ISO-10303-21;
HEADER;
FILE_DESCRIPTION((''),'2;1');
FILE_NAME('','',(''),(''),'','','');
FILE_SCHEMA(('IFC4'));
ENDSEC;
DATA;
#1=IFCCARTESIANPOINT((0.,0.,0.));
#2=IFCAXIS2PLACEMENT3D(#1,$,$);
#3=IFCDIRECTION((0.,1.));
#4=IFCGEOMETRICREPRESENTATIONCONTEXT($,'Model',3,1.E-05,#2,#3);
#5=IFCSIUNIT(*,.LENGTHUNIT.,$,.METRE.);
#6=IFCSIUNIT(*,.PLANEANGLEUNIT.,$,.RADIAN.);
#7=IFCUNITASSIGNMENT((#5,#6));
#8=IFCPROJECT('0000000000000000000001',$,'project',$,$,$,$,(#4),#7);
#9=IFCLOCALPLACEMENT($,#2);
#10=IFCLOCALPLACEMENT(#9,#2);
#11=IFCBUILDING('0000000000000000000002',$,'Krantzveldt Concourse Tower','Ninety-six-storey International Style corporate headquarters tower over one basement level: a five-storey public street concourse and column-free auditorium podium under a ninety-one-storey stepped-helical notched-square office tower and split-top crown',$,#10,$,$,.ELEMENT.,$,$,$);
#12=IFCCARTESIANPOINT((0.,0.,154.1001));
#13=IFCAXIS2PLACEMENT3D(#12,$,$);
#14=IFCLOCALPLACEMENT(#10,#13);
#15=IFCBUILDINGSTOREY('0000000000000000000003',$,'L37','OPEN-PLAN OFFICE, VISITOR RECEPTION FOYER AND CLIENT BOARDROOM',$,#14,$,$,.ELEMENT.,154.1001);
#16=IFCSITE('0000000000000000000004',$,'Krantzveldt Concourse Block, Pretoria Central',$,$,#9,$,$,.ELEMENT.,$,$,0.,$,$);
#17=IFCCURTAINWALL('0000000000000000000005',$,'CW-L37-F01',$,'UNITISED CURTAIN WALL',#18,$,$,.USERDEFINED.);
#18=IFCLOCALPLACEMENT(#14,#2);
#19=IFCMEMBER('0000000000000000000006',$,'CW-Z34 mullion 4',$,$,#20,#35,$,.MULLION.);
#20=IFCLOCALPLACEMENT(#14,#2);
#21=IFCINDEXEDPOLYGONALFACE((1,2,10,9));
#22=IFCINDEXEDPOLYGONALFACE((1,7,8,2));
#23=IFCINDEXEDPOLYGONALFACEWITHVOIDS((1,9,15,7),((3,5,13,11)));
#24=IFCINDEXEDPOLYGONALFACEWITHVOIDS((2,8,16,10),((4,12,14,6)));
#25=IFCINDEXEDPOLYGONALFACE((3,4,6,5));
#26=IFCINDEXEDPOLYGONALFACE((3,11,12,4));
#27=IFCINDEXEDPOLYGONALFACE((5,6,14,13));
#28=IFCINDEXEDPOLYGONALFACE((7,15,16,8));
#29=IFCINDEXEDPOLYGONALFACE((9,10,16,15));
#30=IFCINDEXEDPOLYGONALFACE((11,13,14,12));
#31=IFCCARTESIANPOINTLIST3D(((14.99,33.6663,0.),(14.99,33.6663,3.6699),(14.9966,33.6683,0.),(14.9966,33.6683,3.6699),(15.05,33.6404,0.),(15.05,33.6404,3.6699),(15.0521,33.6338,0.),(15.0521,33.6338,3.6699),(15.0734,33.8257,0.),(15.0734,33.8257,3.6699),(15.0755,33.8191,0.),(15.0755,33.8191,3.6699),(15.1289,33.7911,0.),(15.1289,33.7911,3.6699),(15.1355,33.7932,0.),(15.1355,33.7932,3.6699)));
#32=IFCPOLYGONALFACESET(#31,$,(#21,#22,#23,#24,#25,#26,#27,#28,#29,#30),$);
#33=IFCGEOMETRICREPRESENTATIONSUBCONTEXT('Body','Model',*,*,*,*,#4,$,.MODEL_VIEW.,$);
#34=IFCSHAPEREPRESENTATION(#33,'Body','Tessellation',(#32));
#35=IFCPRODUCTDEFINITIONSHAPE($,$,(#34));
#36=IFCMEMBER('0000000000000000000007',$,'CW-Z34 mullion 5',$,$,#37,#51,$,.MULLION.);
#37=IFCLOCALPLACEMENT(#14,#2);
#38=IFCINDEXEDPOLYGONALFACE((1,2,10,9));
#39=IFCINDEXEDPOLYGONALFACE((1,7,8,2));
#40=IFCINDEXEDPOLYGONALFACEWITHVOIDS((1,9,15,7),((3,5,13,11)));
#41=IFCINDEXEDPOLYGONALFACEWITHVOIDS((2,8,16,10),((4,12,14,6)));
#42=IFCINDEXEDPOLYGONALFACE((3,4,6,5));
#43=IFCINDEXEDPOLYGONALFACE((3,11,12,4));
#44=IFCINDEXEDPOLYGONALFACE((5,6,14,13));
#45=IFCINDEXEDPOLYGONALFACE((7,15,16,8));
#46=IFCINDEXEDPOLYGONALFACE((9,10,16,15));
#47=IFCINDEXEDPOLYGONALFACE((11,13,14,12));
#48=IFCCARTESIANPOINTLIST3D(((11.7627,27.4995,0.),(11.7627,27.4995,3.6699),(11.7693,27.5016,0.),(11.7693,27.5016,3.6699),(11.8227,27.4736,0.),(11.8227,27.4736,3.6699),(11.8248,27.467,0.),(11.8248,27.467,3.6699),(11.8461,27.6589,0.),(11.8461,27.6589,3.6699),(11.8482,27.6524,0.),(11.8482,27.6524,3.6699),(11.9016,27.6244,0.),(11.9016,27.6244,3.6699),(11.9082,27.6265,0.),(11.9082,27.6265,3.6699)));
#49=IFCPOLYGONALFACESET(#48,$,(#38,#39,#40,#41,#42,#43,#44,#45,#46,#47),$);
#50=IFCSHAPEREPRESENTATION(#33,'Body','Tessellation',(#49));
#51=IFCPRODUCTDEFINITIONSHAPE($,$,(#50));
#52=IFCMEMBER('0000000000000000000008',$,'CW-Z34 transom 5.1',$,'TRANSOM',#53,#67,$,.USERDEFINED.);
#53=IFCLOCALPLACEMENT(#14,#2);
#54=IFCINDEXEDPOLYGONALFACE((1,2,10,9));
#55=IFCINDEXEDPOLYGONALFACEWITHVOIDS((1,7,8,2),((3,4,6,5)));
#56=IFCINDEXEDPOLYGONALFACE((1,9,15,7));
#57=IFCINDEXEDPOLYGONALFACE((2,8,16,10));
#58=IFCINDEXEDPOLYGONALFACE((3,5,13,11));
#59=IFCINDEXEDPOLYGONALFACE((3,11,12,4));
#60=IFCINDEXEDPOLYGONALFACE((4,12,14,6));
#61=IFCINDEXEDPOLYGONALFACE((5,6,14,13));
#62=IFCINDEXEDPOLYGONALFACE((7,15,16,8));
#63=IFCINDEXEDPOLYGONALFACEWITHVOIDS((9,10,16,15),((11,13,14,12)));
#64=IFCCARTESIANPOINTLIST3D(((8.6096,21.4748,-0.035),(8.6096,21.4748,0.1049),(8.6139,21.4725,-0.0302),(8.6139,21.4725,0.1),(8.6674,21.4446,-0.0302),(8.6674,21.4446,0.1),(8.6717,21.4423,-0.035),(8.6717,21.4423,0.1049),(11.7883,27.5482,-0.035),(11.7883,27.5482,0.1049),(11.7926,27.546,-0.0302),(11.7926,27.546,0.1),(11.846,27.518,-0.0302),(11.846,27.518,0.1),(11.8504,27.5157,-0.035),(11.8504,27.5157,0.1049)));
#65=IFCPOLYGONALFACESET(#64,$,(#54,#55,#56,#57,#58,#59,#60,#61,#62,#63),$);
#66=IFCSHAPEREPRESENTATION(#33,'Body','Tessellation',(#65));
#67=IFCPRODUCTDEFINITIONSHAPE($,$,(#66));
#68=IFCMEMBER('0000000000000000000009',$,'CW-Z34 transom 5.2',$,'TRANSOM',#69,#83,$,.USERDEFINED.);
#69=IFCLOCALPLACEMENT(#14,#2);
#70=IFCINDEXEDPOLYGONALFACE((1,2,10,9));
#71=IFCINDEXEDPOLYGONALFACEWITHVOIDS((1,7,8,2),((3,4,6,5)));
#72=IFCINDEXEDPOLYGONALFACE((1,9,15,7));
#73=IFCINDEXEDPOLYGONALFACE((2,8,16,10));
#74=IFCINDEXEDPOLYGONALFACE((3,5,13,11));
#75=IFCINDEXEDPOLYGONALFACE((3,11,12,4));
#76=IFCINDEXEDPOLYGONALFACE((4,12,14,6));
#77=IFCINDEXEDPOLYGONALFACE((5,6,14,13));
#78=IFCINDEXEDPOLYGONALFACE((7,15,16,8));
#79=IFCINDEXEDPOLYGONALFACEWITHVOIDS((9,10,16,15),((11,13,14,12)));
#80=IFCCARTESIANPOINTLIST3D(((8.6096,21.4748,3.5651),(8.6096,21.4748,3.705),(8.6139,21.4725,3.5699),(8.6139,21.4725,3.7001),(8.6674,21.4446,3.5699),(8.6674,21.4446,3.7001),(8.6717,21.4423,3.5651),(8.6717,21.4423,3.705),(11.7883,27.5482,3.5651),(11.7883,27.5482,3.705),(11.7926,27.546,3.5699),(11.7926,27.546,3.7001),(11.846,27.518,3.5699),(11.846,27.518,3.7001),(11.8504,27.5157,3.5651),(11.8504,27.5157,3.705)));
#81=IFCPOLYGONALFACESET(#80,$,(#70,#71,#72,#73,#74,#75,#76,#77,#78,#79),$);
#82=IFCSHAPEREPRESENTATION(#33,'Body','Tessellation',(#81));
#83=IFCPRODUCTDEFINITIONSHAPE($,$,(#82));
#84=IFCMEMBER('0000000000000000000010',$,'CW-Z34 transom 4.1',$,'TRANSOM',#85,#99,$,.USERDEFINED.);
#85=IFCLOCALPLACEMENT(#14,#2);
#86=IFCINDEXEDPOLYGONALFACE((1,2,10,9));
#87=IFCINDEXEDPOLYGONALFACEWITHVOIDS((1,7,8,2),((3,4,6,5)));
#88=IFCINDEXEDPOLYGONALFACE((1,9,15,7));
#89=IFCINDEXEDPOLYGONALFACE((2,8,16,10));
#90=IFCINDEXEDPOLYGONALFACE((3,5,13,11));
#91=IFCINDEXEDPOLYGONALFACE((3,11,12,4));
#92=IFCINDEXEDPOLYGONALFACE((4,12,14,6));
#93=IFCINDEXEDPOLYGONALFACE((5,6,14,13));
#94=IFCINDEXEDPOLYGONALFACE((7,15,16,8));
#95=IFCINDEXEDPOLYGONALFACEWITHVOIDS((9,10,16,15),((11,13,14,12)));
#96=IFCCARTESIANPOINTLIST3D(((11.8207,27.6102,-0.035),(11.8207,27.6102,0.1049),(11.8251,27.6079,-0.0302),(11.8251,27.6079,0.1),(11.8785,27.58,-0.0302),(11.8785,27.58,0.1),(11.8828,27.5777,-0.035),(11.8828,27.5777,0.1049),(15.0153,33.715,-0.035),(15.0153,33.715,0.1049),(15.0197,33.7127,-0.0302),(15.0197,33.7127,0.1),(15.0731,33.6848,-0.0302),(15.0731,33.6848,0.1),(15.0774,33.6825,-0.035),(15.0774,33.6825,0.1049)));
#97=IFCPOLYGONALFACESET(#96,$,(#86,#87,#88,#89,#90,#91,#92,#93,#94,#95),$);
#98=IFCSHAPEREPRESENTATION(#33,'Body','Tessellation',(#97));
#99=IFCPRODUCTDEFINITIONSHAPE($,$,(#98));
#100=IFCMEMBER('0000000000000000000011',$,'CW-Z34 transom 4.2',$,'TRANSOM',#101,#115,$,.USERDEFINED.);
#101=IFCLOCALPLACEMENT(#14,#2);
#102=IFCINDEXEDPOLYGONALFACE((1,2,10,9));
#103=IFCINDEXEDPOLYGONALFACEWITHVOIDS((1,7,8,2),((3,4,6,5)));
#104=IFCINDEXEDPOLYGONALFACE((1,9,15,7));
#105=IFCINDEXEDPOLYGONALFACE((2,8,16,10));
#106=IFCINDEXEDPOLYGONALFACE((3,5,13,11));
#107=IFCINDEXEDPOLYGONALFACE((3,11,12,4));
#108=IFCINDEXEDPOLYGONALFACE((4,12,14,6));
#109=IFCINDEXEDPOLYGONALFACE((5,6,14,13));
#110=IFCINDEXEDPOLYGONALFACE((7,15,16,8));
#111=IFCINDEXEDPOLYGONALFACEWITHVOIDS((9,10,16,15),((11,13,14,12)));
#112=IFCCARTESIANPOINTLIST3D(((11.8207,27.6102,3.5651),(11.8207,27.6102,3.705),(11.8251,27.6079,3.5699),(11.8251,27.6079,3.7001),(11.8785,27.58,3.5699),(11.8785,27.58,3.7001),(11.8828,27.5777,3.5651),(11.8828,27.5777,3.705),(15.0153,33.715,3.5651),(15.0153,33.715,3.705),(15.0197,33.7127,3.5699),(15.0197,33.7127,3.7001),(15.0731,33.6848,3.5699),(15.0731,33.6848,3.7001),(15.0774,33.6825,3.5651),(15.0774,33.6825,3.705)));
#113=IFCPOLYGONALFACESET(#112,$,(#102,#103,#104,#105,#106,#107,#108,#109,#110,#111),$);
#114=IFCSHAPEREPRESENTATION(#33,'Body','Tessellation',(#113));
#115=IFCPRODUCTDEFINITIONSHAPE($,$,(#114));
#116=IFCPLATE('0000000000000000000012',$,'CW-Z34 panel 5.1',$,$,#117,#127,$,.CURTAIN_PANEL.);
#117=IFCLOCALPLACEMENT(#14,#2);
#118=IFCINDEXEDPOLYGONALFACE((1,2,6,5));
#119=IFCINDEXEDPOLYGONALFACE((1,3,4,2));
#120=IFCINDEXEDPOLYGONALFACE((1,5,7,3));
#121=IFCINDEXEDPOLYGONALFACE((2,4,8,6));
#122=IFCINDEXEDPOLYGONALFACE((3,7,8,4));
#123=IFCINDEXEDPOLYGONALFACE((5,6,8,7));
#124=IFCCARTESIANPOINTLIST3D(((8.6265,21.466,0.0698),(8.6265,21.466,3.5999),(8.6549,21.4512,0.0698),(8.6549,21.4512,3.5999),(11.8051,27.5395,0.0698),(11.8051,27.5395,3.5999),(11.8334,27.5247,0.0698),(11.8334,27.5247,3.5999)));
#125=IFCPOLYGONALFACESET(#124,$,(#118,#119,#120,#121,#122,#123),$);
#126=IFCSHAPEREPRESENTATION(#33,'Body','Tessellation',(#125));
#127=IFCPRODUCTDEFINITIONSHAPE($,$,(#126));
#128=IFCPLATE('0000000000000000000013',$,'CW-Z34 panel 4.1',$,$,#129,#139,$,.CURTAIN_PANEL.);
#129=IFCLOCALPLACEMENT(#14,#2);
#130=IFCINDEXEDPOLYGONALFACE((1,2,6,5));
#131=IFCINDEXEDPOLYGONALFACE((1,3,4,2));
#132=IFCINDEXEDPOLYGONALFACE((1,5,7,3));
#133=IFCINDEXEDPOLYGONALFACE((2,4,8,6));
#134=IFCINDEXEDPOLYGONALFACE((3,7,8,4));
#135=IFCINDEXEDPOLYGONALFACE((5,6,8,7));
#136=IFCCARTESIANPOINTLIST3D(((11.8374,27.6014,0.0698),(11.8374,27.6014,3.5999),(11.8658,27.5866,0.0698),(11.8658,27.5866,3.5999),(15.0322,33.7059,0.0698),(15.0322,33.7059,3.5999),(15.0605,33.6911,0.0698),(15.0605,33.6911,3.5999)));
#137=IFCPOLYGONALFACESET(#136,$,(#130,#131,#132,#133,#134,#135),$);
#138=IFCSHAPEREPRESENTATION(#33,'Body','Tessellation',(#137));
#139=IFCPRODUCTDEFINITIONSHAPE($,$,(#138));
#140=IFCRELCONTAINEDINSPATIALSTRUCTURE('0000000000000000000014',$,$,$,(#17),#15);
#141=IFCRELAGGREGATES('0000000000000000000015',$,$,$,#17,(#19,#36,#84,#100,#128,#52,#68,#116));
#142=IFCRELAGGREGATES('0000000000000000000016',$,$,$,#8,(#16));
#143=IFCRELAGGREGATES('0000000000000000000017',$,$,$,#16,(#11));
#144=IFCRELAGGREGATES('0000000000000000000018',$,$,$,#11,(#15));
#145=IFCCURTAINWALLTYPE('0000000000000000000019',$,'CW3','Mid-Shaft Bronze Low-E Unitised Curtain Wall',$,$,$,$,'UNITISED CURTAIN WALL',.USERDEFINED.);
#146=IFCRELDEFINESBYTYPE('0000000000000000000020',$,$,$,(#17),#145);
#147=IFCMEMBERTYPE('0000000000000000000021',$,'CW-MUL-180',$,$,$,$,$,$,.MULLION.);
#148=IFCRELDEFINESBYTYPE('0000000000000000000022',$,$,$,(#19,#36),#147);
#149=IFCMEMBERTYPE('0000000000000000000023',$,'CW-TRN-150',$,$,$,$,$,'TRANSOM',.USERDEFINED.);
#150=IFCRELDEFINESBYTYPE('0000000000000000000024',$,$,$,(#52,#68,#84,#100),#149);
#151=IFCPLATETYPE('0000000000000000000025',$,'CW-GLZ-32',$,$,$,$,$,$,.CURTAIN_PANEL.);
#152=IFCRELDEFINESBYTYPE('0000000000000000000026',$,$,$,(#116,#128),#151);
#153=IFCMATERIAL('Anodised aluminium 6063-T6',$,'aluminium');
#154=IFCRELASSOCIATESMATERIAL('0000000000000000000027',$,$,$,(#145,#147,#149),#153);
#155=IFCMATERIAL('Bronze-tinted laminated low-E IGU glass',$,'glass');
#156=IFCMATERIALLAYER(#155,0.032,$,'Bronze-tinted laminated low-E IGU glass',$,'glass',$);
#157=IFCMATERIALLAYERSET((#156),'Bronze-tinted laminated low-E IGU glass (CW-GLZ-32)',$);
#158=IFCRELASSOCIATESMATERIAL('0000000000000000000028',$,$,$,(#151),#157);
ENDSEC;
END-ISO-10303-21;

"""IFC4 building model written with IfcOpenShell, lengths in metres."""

from ifc_helpers import new_model, si_unit, direction, frame, origin, origin_2d, place, context, subcontext, project, spatial, rectangle, hollow_rectangle, extrude, source, transform, mapped, material, layer, layer_set, material_profile, profile_set, type_object, type_shapes, element, aggregate, save


model = new_model("IFC4")

# Units and contexts
model_context = context("Model", 3, precision=1e-05, world=origin(), true_north=direction((0.0, 1.0)))
body_context = subcontext(model_context, "Body", "Model", "MODEL_VIEW")
ifc_project = project(units=[si_unit("LENGTHUNIT", "METRE"), si_unit("PLANEANGLEUNIT", "RADIAN")], contexts=[model_context])

# Site, building, storey
site_placement = place(None, origin())
site = spatial("IfcSite", under=ifc_project, at=site_placement, Name="Krantzveldt Concourse Block, Pretoria Central", CompositionType="ELEMENT", RefElevation=0.0)
building_placement = place(site_placement, origin())
building = spatial("IfcBuilding", under=site, at=building_placement, Name="Krantzveldt Concourse Tower", Description="Ninety-six-storey International Style corporate headquarters tower over one basement level: a five-storey public street concourse and column-free auditorium podium under a ninety-one-storey stepped-helical notched-square office tower and split-top crown", CompositionType="ELEMENT")
storey_placement = place(building_placement, frame((0.0, 0.0, 154.1001)))
storey = spatial("IfcBuildingStorey", under=building, at=storey_placement, Name="L37", Description="OPEN-PLAN OFFICE, VISITOR RECEPTION FOYER AND CLIENT BOARDROOM", CompositionType="ELEMENT", Elevation=154.1001)

# Curtain wall, members, plates
ifc_material_1 = material(Name="Anodised aluminium 6063-T6", Category="aluminium")
curtain_wall_type = type_object("IfcCurtainWallType", Name="CW3", Description="Mid-Shaft Bronze Low-E Unitised Curtain Wall", ElementType="UNITISED CURTAIN WALL", PredefinedType="USERDEFINED", material=ifc_material_1)
curtain_wall_placement = place(storey_placement, origin())
curtain_wall = element("IfcCurtainWall", 1, at=curtain_wall_placement, inside=storey, type_object=curtain_wall_type, Name="CW-L37-F01", ObjectType="UNITISED CURTAIN WALL", PredefinedType="USERDEFINED")
ifc_material_profile_1 = material_profile(ifc_material_1, hollow_rectangle(XDim=0.0701, YDim=0.1799, WallThickness=0.0049, at=origin_2d()), Name="Anodised aluminium 6063-T6", Category="aluminium")
ifc_profile_set_1 = profile_set([ifc_material_profile_1], Name="Anodised aluminium 6063-T6 - ALU-MULL 180x70x5")
member_type_1 = type_object("IfcMemberType", Name="CW-MUL-180", PredefinedType="MULLION", material=ifc_profile_set_1)
shared_shape_1 = source(origin(), body_context, "Body", "SweptSolid", [
    extrude(hollow_rectangle(XDim=0.0701, YDim=0.1799, WallThickness=0.0049, at=origin_2d()), origin(), (0.0, 0.0, 1.0), 3.6699),
])
type_shapes(member_type_1, [shared_shape_1])
member_1_placement = place(storey_placement, frame((15.0627, 33.7297, 0.0), z_axis=(0.0, 0.0, 1.0), x_axis=(0.886001, -0.463683, 0.0)))
member_1 = element("IfcMember", 2, at=member_1_placement, type_object=member_type_1, Name="CW-Z34 mullion 4", PredefinedType="MULLION", context=body_context, shape_type="MappedRepresentation", body=[
    mapped(shared_shape_1, transform((0.0, 0.0, 0.0), x_axis=(1.0, 0.0, 0.0), y_axis=(0.0, 1.0, 0.0), z_axis=(0.0, 0.0, 1.0), scale=1.0)),
])
member_2_placement = place(storey_placement, frame((11.8354, 27.563, 0.0), z_axis=(0.0, 0.0, 1.0), x_axis=(0.886001, -0.463683, 0.0)))
member_2 = element("IfcMember", 3, at=member_2_placement, type_object=member_type_1, Name="CW-Z34 mullion 5", PredefinedType="MULLION", context=body_context, shape_type="MappedRepresentation", body=[
    mapped(shared_shape_1, transform((0.0, 0.0, 0.0), x_axis=(1.0, 0.0, 0.0), y_axis=(0.0, 1.0, 0.0), z_axis=(0.0, 0.0, 1.0), scale=1.0)),
])
ifc_material_profile_2 = material_profile(ifc_material_1, hollow_rectangle(XDim=0.0701, YDim=0.1399, WallThickness=0.0049, at=origin_2d()), Name="Anodised aluminium 6063-T6", Category="aluminium")
ifc_profile_set_2 = profile_set([ifc_material_profile_2], Name="Anodised aluminium 6063-T6 - ALU-TRAN 140x70x5")
member_type_2 = type_object("IfcMemberType", Name="CW-TRN-150", ElementType="TRANSOM", PredefinedType="USERDEFINED", material=ifc_profile_set_2)
shared_shape_2 = source(origin(), body_context, "Body", "SweptSolid", [
    extrude(hollow_rectangle(XDim=0.0701, YDim=0.1399, WallThickness=0.0049, at=origin_2d()), origin(), (0.0, 0.0, 1.0), 6.855),
])
member_3_placement = place(storey_placement, frame((11.8193, 27.532, 0.0349), z_axis=(-0.463705, -0.88599, 0.0), x_axis=(0.88599, -0.463705, 0.0)))
member_3 = element("IfcMember", 4, at=member_3_placement, type_object=member_type_2, Name="CW-Z34 transom 5.1", ObjectType="TRANSOM", PredefinedType="USERDEFINED", context=body_context, shape_type="MappedRepresentation", body=[
    mapped(shared_shape_2, transform((0.0, 0.0, 0.0), x_axis=(1.0, 0.0, 0.0), y_axis=(0.0, 1.0, 0.0), z_axis=(0.0, 0.0, 1.0), scale=1.0)),
])
member_4_placement = place(storey_placement, frame((11.8193, 27.532, 3.635), z_axis=(-0.463705, -0.88599, 0.0), x_axis=(0.88599, -0.463705, 0.0)))
member_4 = element("IfcMember", 5, at=member_4_placement, type_object=member_type_2, Name="CW-Z34 transom 5.2", ObjectType="TRANSOM", PredefinedType="USERDEFINED", context=body_context, shape_type="MappedRepresentation", body=[
    mapped(shared_shape_2, transform((0.0, 0.0, 0.0), x_axis=(1.0, 0.0, 0.0), y_axis=(0.0, 1.0, 0.0), z_axis=(0.0, 0.0, 1.0), scale=1.0)),
])
shared_shape_3 = source(origin(), body_context, "Body", "SweptSolid", [
    extrude(hollow_rectangle(XDim=0.0701, YDim=0.1399, WallThickness=0.0049, at=origin_2d()), origin(), (0.0, 0.0, 1.0), 6.8901),
])
type_shapes(member_type_2, [shared_shape_2, shared_shape_3])
member_5_placement = place(storey_placement, frame((15.0464, 33.6987, 0.0349), z_axis=(-0.463649, -0.886019, 0.0), x_axis=(0.886019, -0.463649, 0.0)))
member_5 = element("IfcMember", 6, at=member_5_placement, type_object=member_type_2, Name="CW-Z34 transom 4.1", ObjectType="TRANSOM", PredefinedType="USERDEFINED", context=body_context, shape_type="MappedRepresentation", body=[
    mapped(shared_shape_3, transform((0.0, 0.0, 0.0), x_axis=(1.0, 0.0, 0.0), y_axis=(0.0, 1.0, 0.0), z_axis=(0.0, 0.0, 1.0), scale=1.0)),
])
member_6_placement = place(storey_placement, frame((15.0464, 33.6987, 3.635), z_axis=(-0.463649, -0.886019, 0.0), x_axis=(0.886019, -0.463649, 0.0)))
member_6 = element("IfcMember", 7, at=member_6_placement, type_object=member_type_2, Name="CW-Z34 transom 4.2", ObjectType="TRANSOM", PredefinedType="USERDEFINED", context=body_context, shape_type="MappedRepresentation", body=[
    mapped(shared_shape_3, transform((0.0, 0.0, 0.0), x_axis=(1.0, 0.0, 0.0), y_axis=(0.0, 1.0, 0.0), z_axis=(0.0, 0.0, 1.0), scale=1.0)),
])
ifc_material_2 = material(Name="Bronze-tinted laminated low-E IGU glass", Category="glass")
ifc_layer_1 = layer(ifc_material_2, 0.032, Name="Bronze-tinted laminated low-E IGU glass", Category="glass")
ifc_layer_set_1 = layer_set([ifc_layer_1], Name="Bronze-tinted laminated low-E IGU glass (CW-GLZ-32)")
plate_type = type_object("IfcPlateType", Name="CW-GLZ-32", PredefinedType="CURTAIN_PANEL", material=ifc_layer_set_1)
shared_shape_4 = source(origin(), body_context, "Body", "SweptSolid", [
    extrude(rectangle(XDim=6.855, YDim=0.032, at=origin_2d()), origin(), (0.0, 0.0, 1.0), 3.53),
])
plate_1_placement = place(storey_placement, frame((10.23, 24.4954, 0.0698), z_axis=(0.0, 0.0, 1.0), x_axis=(-0.463683, -0.886001, 0.0)))
plate_1 = element("IfcPlate", 8, at=plate_1_placement, type_object=plate_type, Name="CW-Z34 panel 5.1", PredefinedType="CURTAIN_PANEL", context=body_context, shape_type="MappedRepresentation", body=[
    mapped(shared_shape_4, transform((0.0, 0.0, 0.0), x_axis=(1.0, 0.0, 0.0), y_axis=(0.0, 1.0, 0.0), z_axis=(0.0, 0.0, 1.0), scale=1.0)),
])
shared_shape_5 = source(origin(), body_context, "Body", "SweptSolid", [
    extrude(rectangle(XDim=6.8899, YDim=0.032, at=origin_2d()), origin(), (0.0, 0.0, 1.0), 3.53),
])
type_shapes(plate_type, [shared_shape_4, shared_shape_5])
plate_2_placement = place(storey_placement, frame((13.449, 30.6462, 0.0698), z_axis=(0.0, 0.0, 1.0), x_axis=(-0.463683, -0.886001, 0.0)))
plate_2 = element("IfcPlate", 9, at=plate_2_placement, type_object=plate_type, Name="CW-Z34 panel 4.1", PredefinedType="CURTAIN_PANEL", context=body_context, shape_type="MappedRepresentation", body=[
    mapped(shared_shape_5, transform((0.0, 0.0, 0.0), x_axis=(1.0, 0.0, 0.0), y_axis=(0.0, 1.0, 0.0), z_axis=(0.0, 0.0, 1.0), scale=1.0)),
])
aggregate(curtain_wall, [member_1, member_2, member_5, member_6, plate_2, member_3, member_4, plate_1])

save(model, "model.ifc")
